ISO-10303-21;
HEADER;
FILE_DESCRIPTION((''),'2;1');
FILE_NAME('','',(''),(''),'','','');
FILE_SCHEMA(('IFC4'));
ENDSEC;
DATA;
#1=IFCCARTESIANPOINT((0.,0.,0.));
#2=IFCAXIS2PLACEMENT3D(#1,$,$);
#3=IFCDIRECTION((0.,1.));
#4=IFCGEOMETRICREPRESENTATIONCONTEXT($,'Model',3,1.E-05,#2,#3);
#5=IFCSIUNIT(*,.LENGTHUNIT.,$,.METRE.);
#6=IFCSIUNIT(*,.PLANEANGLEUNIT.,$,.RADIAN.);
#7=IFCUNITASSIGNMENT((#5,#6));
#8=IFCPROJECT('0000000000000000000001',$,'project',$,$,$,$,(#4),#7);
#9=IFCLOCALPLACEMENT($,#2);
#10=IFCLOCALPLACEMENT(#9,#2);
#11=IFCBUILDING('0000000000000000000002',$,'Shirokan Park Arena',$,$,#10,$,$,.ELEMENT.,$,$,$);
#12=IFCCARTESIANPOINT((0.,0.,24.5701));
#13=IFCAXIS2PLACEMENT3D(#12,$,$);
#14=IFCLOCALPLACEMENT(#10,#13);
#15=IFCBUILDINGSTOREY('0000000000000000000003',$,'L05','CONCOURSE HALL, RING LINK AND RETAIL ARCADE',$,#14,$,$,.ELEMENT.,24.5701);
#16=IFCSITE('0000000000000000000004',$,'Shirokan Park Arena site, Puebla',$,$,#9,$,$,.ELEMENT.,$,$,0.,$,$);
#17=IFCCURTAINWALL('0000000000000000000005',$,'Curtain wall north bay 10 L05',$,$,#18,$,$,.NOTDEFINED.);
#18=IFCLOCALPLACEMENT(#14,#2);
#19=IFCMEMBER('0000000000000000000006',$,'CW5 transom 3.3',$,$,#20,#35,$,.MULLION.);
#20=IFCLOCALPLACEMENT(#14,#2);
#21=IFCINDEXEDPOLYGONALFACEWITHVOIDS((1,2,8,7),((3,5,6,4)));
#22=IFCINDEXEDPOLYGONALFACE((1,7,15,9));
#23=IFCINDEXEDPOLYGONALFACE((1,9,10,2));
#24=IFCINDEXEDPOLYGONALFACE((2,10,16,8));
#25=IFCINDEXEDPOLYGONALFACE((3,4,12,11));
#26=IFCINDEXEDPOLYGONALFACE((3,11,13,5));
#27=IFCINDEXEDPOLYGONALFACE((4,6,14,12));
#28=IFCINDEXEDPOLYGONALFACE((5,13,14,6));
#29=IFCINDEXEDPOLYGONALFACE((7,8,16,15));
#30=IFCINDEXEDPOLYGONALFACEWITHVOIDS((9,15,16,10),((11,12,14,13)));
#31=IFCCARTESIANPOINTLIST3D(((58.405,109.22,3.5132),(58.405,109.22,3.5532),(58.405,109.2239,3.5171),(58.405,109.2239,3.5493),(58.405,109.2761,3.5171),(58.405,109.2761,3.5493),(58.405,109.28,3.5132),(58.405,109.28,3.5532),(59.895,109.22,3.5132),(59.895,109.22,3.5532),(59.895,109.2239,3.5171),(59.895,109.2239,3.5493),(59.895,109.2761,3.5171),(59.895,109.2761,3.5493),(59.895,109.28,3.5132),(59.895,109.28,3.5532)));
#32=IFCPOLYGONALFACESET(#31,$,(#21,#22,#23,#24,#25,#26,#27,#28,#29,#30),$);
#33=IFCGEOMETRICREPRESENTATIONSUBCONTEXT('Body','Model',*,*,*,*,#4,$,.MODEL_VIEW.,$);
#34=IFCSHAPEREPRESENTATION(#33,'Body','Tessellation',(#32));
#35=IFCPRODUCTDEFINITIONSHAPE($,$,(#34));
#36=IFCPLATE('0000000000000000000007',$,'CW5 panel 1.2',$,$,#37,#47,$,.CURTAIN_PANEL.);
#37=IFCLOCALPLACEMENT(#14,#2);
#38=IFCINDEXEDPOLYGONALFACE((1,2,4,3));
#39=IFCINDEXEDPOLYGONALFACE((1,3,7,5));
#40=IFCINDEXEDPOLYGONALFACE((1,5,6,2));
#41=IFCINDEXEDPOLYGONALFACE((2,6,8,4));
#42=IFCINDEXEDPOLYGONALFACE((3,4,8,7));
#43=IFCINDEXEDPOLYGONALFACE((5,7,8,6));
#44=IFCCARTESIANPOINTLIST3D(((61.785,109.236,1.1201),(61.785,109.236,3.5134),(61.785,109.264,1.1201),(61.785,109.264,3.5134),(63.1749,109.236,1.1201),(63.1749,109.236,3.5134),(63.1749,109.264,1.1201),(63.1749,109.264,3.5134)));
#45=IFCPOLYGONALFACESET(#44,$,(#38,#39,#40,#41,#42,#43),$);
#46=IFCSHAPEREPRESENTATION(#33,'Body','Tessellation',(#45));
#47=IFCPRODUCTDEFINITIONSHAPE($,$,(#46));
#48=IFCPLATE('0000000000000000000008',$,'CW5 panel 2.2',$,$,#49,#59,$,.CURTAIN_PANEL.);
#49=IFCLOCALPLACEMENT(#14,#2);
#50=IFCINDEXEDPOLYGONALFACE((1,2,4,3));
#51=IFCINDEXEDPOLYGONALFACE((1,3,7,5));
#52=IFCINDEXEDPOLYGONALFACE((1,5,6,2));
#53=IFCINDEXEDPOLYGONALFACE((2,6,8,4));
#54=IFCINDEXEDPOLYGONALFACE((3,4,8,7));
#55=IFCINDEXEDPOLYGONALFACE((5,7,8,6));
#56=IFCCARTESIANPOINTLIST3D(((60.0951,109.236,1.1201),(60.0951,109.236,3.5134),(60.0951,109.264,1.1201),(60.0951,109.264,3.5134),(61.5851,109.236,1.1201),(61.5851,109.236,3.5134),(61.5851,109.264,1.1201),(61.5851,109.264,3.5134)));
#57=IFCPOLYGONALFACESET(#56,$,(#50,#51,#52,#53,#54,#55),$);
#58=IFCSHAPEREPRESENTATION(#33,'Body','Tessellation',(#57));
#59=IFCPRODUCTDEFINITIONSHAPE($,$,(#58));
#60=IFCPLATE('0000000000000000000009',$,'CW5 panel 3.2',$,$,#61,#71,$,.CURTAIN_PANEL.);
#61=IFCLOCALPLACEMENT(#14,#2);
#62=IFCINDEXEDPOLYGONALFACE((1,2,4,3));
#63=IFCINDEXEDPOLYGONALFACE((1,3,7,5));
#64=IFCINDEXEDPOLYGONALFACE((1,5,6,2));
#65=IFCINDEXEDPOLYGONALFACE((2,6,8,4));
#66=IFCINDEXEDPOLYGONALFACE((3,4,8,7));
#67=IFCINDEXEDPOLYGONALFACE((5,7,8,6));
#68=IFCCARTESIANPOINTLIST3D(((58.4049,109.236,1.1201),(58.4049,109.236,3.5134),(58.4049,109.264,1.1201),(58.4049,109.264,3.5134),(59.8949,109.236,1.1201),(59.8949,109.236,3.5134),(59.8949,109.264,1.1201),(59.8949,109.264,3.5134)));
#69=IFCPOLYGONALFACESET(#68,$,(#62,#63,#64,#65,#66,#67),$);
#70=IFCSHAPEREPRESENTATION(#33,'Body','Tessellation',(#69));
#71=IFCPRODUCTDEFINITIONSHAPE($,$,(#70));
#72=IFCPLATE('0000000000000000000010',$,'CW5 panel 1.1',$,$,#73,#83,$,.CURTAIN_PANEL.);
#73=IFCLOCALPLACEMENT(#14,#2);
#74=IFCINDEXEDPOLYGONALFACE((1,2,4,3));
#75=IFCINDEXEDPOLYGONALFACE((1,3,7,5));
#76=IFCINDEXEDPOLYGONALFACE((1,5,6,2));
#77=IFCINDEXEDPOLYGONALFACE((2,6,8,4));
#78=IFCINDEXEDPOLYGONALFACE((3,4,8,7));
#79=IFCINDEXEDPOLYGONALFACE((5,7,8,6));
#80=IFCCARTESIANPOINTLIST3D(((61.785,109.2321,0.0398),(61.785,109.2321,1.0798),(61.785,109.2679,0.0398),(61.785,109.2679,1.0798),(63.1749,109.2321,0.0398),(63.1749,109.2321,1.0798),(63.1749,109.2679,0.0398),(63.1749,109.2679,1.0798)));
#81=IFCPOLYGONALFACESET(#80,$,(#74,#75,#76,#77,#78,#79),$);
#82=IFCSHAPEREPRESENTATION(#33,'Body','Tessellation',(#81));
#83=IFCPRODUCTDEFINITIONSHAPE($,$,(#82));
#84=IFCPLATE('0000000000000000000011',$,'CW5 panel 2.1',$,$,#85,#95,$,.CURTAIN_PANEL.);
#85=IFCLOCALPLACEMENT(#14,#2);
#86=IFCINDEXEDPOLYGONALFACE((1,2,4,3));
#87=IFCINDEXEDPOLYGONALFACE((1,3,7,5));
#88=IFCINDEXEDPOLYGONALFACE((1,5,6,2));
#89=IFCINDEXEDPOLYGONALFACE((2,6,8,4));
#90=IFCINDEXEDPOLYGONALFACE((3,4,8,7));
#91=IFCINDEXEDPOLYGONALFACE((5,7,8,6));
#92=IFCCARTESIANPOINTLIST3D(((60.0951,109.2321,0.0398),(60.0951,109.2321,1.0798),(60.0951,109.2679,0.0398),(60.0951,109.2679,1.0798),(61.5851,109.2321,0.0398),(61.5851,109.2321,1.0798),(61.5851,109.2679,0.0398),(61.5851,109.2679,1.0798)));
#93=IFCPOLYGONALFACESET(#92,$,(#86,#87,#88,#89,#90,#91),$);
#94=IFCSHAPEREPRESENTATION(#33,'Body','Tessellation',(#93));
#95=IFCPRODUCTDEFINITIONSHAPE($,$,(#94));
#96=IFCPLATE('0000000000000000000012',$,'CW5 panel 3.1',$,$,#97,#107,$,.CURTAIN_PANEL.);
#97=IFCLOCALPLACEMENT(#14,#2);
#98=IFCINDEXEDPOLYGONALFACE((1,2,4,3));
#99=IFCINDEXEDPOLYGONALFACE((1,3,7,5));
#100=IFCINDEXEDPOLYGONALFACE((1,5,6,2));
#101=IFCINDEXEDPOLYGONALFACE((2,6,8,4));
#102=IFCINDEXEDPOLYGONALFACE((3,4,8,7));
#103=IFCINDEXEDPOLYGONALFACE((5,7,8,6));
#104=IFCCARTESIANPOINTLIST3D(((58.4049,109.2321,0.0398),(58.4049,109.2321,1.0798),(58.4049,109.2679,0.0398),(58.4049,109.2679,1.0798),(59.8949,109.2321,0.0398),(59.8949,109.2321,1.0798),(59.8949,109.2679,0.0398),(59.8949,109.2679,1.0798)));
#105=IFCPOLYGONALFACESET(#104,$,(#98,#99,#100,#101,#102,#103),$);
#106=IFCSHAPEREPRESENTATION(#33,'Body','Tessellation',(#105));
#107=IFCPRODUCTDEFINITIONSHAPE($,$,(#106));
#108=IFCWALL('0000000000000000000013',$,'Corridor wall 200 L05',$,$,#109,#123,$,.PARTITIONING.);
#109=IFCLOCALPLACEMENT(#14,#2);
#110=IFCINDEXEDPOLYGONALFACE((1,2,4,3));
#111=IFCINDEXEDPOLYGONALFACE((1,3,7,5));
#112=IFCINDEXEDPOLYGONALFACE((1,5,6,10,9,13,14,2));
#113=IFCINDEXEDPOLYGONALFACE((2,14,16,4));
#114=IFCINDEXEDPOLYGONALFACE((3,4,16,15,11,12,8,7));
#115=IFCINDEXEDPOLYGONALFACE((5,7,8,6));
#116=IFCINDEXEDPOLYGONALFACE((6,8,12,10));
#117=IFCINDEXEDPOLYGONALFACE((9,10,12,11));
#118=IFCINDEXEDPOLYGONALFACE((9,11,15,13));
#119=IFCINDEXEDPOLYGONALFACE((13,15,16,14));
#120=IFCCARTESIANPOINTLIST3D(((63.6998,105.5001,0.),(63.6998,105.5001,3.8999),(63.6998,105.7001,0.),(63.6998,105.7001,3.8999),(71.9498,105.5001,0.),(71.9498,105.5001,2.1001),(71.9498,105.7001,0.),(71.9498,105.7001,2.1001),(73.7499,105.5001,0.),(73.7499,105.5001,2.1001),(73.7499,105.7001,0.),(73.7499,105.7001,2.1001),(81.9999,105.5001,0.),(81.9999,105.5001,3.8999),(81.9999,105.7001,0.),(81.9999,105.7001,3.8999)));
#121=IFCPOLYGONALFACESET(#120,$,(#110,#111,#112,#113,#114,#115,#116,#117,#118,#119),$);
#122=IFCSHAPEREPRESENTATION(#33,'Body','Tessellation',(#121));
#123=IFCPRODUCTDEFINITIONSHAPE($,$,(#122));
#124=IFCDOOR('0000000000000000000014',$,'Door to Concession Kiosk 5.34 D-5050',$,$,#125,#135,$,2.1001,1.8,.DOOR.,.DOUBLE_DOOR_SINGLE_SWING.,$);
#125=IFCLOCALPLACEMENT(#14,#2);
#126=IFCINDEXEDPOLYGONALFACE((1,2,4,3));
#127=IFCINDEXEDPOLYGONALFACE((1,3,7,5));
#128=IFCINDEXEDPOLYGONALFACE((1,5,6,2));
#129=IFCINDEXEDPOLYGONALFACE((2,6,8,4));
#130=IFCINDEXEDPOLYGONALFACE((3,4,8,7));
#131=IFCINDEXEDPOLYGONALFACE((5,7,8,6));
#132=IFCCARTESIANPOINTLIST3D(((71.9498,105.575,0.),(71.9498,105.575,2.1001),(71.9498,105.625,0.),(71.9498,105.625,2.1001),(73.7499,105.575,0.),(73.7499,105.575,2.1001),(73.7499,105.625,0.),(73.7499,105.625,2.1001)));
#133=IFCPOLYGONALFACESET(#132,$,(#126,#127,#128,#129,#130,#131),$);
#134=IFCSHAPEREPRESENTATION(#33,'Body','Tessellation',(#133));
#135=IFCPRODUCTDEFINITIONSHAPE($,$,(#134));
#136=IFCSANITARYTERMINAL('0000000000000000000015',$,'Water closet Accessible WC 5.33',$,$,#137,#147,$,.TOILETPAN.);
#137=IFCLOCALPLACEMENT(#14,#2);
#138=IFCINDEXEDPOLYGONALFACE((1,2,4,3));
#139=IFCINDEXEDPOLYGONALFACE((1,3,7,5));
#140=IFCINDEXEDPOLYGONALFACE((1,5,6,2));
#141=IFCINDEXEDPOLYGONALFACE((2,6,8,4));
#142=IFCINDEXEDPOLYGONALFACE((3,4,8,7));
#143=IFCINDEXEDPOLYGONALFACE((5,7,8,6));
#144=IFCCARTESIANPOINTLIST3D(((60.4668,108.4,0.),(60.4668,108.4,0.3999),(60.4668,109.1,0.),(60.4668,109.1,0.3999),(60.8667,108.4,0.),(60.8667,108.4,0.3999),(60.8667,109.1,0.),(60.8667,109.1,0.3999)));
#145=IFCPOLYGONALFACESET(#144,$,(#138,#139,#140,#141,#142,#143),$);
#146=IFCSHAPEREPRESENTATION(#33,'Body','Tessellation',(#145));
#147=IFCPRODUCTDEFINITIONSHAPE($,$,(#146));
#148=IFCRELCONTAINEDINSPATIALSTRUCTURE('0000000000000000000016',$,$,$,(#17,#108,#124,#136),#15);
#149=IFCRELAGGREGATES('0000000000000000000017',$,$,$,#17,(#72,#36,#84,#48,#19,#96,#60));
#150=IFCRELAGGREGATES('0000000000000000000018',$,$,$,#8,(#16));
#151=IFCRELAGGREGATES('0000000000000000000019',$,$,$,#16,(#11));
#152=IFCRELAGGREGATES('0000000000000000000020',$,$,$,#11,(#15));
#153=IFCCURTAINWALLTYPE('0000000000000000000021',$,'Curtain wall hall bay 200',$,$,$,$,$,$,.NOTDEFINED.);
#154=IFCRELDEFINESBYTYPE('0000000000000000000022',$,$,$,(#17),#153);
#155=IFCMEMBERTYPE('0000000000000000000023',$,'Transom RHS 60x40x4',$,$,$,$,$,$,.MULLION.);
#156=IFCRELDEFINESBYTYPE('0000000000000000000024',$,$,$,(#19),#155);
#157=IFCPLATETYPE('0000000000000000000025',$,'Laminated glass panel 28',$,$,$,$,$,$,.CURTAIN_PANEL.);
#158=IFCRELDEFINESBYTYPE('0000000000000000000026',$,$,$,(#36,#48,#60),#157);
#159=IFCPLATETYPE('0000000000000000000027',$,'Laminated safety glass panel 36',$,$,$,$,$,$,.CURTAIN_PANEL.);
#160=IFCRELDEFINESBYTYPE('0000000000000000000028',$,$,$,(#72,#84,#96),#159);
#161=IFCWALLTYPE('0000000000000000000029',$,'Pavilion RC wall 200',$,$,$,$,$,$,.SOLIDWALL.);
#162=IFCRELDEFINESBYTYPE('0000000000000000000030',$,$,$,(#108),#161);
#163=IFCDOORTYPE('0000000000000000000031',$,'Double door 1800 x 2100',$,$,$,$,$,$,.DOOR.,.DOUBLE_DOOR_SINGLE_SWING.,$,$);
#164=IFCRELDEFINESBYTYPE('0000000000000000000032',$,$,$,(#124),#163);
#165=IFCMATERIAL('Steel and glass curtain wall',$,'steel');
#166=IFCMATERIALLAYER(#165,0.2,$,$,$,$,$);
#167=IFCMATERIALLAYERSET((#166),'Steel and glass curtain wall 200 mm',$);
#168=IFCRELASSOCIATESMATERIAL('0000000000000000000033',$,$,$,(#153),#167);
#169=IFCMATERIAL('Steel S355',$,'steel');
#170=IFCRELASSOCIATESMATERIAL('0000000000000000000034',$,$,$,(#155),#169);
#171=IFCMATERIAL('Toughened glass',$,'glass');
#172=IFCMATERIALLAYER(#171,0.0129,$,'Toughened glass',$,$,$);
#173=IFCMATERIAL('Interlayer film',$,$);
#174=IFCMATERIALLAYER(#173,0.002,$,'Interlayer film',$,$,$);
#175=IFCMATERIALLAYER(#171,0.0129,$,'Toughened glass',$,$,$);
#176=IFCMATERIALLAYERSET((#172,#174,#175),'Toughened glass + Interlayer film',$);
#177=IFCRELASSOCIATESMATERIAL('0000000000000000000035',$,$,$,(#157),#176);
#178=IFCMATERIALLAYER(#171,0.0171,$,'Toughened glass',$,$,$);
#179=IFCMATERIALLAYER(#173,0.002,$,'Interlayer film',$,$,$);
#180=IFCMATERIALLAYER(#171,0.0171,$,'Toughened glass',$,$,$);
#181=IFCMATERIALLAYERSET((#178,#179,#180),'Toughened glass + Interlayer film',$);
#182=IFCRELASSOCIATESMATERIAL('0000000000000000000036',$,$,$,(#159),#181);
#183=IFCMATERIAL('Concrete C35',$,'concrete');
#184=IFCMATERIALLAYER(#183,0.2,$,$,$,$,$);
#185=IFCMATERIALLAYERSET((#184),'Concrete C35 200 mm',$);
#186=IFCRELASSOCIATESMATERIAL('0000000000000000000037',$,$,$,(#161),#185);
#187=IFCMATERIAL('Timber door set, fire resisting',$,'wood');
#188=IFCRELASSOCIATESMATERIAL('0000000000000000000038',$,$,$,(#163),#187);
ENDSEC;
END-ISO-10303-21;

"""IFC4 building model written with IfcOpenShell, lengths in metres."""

from ifc_helpers import new_model, si_unit, direction, frame, frame_2d, origin, origin_2d, place, context, subcontext, project, spatial, rectangle, hollow_rectangle, extrude, material, layer, layer_set, material_profile, profile_set, type_object, element, fill, aggregate, save


model = new_model("IFC4")

# Units and contexts
model_context = context("Model", 3, precision=1e-05, world=origin(), true_north=direction((0.0, 1.0)))
body_context = subcontext(model_context, "Body", "Model", "MODEL_VIEW")
ifc_project = project(units=[si_unit("LENGTHUNIT", "METRE"), si_unit("PLANEANGLEUNIT", "RADIAN")], contexts=[model_context])

# Site, building, storey
site_placement = place(None, origin())
site = spatial("IfcSite", under=ifc_project, at=site_placement, Name="Shirokan Park Arena site, Puebla", CompositionType="ELEMENT", RefElevation=0.0)
building_placement = place(site_placement, origin())
building = spatial("IfcBuilding", under=site, at=building_placement, Name="Shirokan Park Arena", CompositionType="ELEMENT")
storey_placement = place(building_placement, frame((0.0, 0.0, 24.5701)))
storey = spatial("IfcBuildingStorey", under=building, at=storey_placement, Name="L05", Description="CONCOURSE HALL, RING LINK AND RETAIL ARCADE", CompositionType="ELEMENT", Elevation=24.5701)

# Shared definitions
ifc_material_1 = material(Name="Concrete C35", Category="concrete")

# Curtain wall
ifc_material_2 = material(Name="Steel and glass curtain wall", Category="steel")
ifc_layer_1 = layer(ifc_material_2, 0.2)
ifc_layer_set_1 = layer_set([ifc_layer_1], Name="Steel and glass curtain wall 200 mm")
curtain_wall_type = type_object("IfcCurtainWallType", Name="Curtain wall hall bay 200", PredefinedType="NOTDEFINED", material=ifc_layer_set_1)
curtain_wall_placement = place(storey_placement, origin())
curtain_wall = element("IfcCurtainWall", 1, at=curtain_wall_placement, inside=storey, type_object=curtain_wall_type, Name="Curtain wall north bay 10 L05", PredefinedType="NOTDEFINED")
ifc_material_3 = material(Name="Steel S355", Category="steel")

# Member
ifc_material_profile_1 = material_profile(ifc_material_3, hollow_rectangle(XDim=0.0601, YDim=0.04, WallThickness=0.0039, at=origin_2d()), Name="RHS 60x40x4")
ifc_profile_set_1 = profile_set([ifc_material_profile_1], Name="Steel S355")
member_type_1 = type_object("IfcMemberType", Name="Transom RHS 60x40x4", PredefinedType="MULLION", material=ifc_profile_set_1)
member_1_placement = place(storey_placement, frame((59.895, 109.25, 3.5332), z_axis=(-1.0, 0.0, 0.0), x_axis=(0.0, -1.0, 0.0)))
member_1 = element("IfcMember", 2, at=member_1_placement, type_object=member_type_1, Name="CW5 transom 3.3", PredefinedType="MULLION", context=body_context, shape_type="SweptSolid", body=[
    extrude(hollow_rectangle(XDim=0.0601, YDim=0.04, WallThickness=0.0039, at=origin_2d()), origin(), (0.0, 0.0, 1.0), 1.49),
])

# Plates
ifc_material_4 = material(Name="Toughened glass", Category="glass")
ifc_layer_2 = layer(ifc_material_4, 0.0129, Name="Toughened glass")
ifc_material_5 = material(Name="Interlayer film")
ifc_layer_3 = layer(ifc_material_5, 0.002, Name="Interlayer film")
ifc_layer_4 = layer(ifc_material_4, 0.0129, Name="Toughened glass")
ifc_layer_set_2 = layer_set([ifc_layer_2, ifc_layer_3, ifc_layer_4], Name="Toughened glass + Interlayer film")
plate_type_1 = type_object("IfcPlateType", Name="Laminated glass panel 28", PredefinedType="CURTAIN_PANEL", material=ifc_layer_set_2)
plate_1_placement = place(storey_placement, frame((62.48, 109.25, 1.1201), z_axis=(0.0, 0.0, 1.0), x_axis=(-1.0, 0.0, 0.0)))
plate_1 = element("IfcPlate", 3, at=plate_1_placement, type_object=plate_type_1, Name="CW5 panel 1.2", PredefinedType="CURTAIN_PANEL", context=body_context, shape_type="SweptSolid", body=[
    extrude(rectangle(XDim=1.3899, YDim=0.0281, at=origin_2d()), origin(), (0.0, 0.0, 1.0), 2.3933),
])
plate_2_placement = place(storey_placement, frame((60.8401, 109.25, 1.1201), z_axis=(0.0, 0.0, 1.0), x_axis=(-1.0, 0.0, 0.0)))
plate_2 = element("IfcPlate", 4, at=plate_2_placement, type_object=plate_type_1, Name="CW5 panel 2.2", PredefinedType="CURTAIN_PANEL", context=body_context, shape_type="SweptSolid", body=[
    extrude(rectangle(XDim=1.49, YDim=0.0281, at=origin_2d()), origin(), (0.0, 0.0, 1.0), 2.3933),
])
plate_3_placement = place(storey_placement, frame((59.1499, 109.25, 1.1201), z_axis=(0.0, 0.0, 1.0), x_axis=(-1.0, 0.0, 0.0)))
plate_3 = element("IfcPlate", 5, at=plate_3_placement, type_object=plate_type_1, Name="CW5 panel 3.2", PredefinedType="CURTAIN_PANEL", context=body_context, shape_type="SweptSolid", body=[
    extrude(rectangle(XDim=1.49, YDim=0.0281, at=origin_2d()), origin(), (0.0, 0.0, 1.0), 2.3933),
])
ifc_layer_5 = layer(ifc_material_4, 0.0171, Name="Toughened glass")
ifc_layer_6 = layer(ifc_material_5, 0.002, Name="Interlayer film")
ifc_layer_7 = layer(ifc_material_4, 0.0171, Name="Toughened glass")
ifc_layer_set_3 = layer_set([ifc_layer_5, ifc_layer_6, ifc_layer_7], Name="Toughened glass + Interlayer film")
plate_type_2 = type_object("IfcPlateType", Name="Laminated safety glass panel 36", PredefinedType="CURTAIN_PANEL", material=ifc_layer_set_3)
plate_4_placement = place(storey_placement, frame((62.48, 109.25, 0.0398), z_axis=(0.0, 0.0, 1.0), x_axis=(-1.0, 0.0, 0.0)))
plate_4 = element("IfcPlate", 6, at=plate_4_placement, type_object=plate_type_2, Name="CW5 panel 1.1", PredefinedType="CURTAIN_PANEL", context=body_context, shape_type="SweptSolid", body=[
    extrude(rectangle(XDim=1.3899, YDim=0.0359, at=origin_2d()), origin(), (0.0, 0.0, 1.0), 1.04),
])
plate_5_placement = place(storey_placement, frame((60.8401, 109.25, 0.0398), z_axis=(0.0, 0.0, 1.0), x_axis=(-1.0, 0.0, 0.0)))
plate_5 = element("IfcPlate", 7, at=plate_5_placement, type_object=plate_type_2, Name="CW5 panel 2.1", PredefinedType="CURTAIN_PANEL", context=body_context, shape_type="SweptSolid", body=[
    extrude(rectangle(XDim=1.49, YDim=0.0359, at=origin_2d()), origin(), (0.0, 0.0, 1.0), 1.04),
])
plate_6_placement = place(storey_placement, frame((59.1499, 109.25, 0.0398), z_axis=(0.0, 0.0, 1.0), x_axis=(-1.0, 0.0, 0.0)))
plate_6 = element("IfcPlate", 8, at=plate_6_placement, type_object=plate_type_2, Name="CW5 panel 3.1", PredefinedType="CURTAIN_PANEL", context=body_context, shape_type="SweptSolid", body=[
    extrude(rectangle(XDim=1.49, YDim=0.0359, at=origin_2d()), origin(), (0.0, 0.0, 1.0), 1.04),
])
aggregate(curtain_wall, [plate_4, plate_1, plate_5, plate_2, member_1, plate_6, plate_3])

# Wall, opening, door
ifc_layer_8 = layer(ifc_material_1, 0.2)
ifc_layer_set_4 = layer_set([ifc_layer_8], Name="Concrete C35 200 mm")
wall_type = type_object("IfcWallType", Name="Pavilion RC wall 200", PredefinedType="SOLIDWALL", material=ifc_layer_set_4)
wall_placement = place(storey_placement, frame((63.7, 105.6001, 0.0), z_axis=(0.0, 0.0, 1.0), x_axis=(1.0, 0.0, 0.0)))
wall = element("IfcWall", 9, at=wall_placement, inside=storey, type_object=wall_type, Name="Corridor wall 200 L05", PredefinedType="PARTITIONING", context=body_context, shape_type="SweptSolid", body=[
    extrude(rectangle(XDim=18.3, YDim=0.2, at=frame_2d((9.1499, 0.0))), origin(), (0.0, 0.0, 1.0), 3.8999),
])
opening_placement = place(wall_placement, frame((8.25, 0.0, 0.0)))
opening = element("IfcOpeningElement", 10, at=opening_placement, cuts=wall, PredefinedType="OPENING", context=body_context, shape_type="SweptSolid", body=[
    extrude(rectangle(XDim=1.8, YDim=2.1001, at=frame_2d((0.8999, 1.05))), frame((0.0, 0.1099, 0.0), z_axis=(0.0, -1.0, 0.0), x_axis=(1.0, 0.0, 0.0)), (0.0, 0.0, 1.0), 0.22),
])
ifc_material_6 = material(Name="Timber door set, fire resisting", Category="wood")
door_type = type_object("IfcDoorType", Name="Double door 1800 x 2100", OperationType="DOUBLE_DOOR_SINGLE_SWING", PredefinedType="DOOR", material=ifc_material_6)
door_placement = place(opening_placement, origin())
door = element("IfcDoor", 11, at=door_placement, inside=storey, type_object=door_type, Name="Door to Concession Kiosk 5.34 D-5050", OperationType="DOUBLE_DOOR_SINGLE_SWING", OverallHeight=2.1001, OverallWidth=1.8, PredefinedType="DOOR", context=body_context, shape_type="SweptSolid", body=[
    extrude(rectangle(XDim=1.8, YDim=2.1001, at=frame_2d((0.8999, 1.05))), frame((0.0, 0.0249, 0.0), z_axis=(0.0, -1.0, 0.0), x_axis=(1.0, 0.0, 0.0)), (0.0, 0.0, 1.0), 0.05),
])
fill(opening, door)

# Sanitary terminal
sanitary_terminal_placement = place(storey_placement, frame((60.6667, 108.75, 0.0), z_axis=(0.0, 0.0, 1.0), x_axis=(1.0, 0.0, 0.0)))
element("IfcSanitaryTerminal", 12, at=sanitary_terminal_placement, inside=storey, Name="Water closet Accessible WC 5.33", PredefinedType="TOILETPAN", context=body_context, shape_type="SweptSolid", body=[
    extrude(rectangle(XDim=0.3999, YDim=0.7, at=origin_2d()), origin(), (0.0, 0.0, 1.0), 0.3999),
])

save(model, "model.ifc")
